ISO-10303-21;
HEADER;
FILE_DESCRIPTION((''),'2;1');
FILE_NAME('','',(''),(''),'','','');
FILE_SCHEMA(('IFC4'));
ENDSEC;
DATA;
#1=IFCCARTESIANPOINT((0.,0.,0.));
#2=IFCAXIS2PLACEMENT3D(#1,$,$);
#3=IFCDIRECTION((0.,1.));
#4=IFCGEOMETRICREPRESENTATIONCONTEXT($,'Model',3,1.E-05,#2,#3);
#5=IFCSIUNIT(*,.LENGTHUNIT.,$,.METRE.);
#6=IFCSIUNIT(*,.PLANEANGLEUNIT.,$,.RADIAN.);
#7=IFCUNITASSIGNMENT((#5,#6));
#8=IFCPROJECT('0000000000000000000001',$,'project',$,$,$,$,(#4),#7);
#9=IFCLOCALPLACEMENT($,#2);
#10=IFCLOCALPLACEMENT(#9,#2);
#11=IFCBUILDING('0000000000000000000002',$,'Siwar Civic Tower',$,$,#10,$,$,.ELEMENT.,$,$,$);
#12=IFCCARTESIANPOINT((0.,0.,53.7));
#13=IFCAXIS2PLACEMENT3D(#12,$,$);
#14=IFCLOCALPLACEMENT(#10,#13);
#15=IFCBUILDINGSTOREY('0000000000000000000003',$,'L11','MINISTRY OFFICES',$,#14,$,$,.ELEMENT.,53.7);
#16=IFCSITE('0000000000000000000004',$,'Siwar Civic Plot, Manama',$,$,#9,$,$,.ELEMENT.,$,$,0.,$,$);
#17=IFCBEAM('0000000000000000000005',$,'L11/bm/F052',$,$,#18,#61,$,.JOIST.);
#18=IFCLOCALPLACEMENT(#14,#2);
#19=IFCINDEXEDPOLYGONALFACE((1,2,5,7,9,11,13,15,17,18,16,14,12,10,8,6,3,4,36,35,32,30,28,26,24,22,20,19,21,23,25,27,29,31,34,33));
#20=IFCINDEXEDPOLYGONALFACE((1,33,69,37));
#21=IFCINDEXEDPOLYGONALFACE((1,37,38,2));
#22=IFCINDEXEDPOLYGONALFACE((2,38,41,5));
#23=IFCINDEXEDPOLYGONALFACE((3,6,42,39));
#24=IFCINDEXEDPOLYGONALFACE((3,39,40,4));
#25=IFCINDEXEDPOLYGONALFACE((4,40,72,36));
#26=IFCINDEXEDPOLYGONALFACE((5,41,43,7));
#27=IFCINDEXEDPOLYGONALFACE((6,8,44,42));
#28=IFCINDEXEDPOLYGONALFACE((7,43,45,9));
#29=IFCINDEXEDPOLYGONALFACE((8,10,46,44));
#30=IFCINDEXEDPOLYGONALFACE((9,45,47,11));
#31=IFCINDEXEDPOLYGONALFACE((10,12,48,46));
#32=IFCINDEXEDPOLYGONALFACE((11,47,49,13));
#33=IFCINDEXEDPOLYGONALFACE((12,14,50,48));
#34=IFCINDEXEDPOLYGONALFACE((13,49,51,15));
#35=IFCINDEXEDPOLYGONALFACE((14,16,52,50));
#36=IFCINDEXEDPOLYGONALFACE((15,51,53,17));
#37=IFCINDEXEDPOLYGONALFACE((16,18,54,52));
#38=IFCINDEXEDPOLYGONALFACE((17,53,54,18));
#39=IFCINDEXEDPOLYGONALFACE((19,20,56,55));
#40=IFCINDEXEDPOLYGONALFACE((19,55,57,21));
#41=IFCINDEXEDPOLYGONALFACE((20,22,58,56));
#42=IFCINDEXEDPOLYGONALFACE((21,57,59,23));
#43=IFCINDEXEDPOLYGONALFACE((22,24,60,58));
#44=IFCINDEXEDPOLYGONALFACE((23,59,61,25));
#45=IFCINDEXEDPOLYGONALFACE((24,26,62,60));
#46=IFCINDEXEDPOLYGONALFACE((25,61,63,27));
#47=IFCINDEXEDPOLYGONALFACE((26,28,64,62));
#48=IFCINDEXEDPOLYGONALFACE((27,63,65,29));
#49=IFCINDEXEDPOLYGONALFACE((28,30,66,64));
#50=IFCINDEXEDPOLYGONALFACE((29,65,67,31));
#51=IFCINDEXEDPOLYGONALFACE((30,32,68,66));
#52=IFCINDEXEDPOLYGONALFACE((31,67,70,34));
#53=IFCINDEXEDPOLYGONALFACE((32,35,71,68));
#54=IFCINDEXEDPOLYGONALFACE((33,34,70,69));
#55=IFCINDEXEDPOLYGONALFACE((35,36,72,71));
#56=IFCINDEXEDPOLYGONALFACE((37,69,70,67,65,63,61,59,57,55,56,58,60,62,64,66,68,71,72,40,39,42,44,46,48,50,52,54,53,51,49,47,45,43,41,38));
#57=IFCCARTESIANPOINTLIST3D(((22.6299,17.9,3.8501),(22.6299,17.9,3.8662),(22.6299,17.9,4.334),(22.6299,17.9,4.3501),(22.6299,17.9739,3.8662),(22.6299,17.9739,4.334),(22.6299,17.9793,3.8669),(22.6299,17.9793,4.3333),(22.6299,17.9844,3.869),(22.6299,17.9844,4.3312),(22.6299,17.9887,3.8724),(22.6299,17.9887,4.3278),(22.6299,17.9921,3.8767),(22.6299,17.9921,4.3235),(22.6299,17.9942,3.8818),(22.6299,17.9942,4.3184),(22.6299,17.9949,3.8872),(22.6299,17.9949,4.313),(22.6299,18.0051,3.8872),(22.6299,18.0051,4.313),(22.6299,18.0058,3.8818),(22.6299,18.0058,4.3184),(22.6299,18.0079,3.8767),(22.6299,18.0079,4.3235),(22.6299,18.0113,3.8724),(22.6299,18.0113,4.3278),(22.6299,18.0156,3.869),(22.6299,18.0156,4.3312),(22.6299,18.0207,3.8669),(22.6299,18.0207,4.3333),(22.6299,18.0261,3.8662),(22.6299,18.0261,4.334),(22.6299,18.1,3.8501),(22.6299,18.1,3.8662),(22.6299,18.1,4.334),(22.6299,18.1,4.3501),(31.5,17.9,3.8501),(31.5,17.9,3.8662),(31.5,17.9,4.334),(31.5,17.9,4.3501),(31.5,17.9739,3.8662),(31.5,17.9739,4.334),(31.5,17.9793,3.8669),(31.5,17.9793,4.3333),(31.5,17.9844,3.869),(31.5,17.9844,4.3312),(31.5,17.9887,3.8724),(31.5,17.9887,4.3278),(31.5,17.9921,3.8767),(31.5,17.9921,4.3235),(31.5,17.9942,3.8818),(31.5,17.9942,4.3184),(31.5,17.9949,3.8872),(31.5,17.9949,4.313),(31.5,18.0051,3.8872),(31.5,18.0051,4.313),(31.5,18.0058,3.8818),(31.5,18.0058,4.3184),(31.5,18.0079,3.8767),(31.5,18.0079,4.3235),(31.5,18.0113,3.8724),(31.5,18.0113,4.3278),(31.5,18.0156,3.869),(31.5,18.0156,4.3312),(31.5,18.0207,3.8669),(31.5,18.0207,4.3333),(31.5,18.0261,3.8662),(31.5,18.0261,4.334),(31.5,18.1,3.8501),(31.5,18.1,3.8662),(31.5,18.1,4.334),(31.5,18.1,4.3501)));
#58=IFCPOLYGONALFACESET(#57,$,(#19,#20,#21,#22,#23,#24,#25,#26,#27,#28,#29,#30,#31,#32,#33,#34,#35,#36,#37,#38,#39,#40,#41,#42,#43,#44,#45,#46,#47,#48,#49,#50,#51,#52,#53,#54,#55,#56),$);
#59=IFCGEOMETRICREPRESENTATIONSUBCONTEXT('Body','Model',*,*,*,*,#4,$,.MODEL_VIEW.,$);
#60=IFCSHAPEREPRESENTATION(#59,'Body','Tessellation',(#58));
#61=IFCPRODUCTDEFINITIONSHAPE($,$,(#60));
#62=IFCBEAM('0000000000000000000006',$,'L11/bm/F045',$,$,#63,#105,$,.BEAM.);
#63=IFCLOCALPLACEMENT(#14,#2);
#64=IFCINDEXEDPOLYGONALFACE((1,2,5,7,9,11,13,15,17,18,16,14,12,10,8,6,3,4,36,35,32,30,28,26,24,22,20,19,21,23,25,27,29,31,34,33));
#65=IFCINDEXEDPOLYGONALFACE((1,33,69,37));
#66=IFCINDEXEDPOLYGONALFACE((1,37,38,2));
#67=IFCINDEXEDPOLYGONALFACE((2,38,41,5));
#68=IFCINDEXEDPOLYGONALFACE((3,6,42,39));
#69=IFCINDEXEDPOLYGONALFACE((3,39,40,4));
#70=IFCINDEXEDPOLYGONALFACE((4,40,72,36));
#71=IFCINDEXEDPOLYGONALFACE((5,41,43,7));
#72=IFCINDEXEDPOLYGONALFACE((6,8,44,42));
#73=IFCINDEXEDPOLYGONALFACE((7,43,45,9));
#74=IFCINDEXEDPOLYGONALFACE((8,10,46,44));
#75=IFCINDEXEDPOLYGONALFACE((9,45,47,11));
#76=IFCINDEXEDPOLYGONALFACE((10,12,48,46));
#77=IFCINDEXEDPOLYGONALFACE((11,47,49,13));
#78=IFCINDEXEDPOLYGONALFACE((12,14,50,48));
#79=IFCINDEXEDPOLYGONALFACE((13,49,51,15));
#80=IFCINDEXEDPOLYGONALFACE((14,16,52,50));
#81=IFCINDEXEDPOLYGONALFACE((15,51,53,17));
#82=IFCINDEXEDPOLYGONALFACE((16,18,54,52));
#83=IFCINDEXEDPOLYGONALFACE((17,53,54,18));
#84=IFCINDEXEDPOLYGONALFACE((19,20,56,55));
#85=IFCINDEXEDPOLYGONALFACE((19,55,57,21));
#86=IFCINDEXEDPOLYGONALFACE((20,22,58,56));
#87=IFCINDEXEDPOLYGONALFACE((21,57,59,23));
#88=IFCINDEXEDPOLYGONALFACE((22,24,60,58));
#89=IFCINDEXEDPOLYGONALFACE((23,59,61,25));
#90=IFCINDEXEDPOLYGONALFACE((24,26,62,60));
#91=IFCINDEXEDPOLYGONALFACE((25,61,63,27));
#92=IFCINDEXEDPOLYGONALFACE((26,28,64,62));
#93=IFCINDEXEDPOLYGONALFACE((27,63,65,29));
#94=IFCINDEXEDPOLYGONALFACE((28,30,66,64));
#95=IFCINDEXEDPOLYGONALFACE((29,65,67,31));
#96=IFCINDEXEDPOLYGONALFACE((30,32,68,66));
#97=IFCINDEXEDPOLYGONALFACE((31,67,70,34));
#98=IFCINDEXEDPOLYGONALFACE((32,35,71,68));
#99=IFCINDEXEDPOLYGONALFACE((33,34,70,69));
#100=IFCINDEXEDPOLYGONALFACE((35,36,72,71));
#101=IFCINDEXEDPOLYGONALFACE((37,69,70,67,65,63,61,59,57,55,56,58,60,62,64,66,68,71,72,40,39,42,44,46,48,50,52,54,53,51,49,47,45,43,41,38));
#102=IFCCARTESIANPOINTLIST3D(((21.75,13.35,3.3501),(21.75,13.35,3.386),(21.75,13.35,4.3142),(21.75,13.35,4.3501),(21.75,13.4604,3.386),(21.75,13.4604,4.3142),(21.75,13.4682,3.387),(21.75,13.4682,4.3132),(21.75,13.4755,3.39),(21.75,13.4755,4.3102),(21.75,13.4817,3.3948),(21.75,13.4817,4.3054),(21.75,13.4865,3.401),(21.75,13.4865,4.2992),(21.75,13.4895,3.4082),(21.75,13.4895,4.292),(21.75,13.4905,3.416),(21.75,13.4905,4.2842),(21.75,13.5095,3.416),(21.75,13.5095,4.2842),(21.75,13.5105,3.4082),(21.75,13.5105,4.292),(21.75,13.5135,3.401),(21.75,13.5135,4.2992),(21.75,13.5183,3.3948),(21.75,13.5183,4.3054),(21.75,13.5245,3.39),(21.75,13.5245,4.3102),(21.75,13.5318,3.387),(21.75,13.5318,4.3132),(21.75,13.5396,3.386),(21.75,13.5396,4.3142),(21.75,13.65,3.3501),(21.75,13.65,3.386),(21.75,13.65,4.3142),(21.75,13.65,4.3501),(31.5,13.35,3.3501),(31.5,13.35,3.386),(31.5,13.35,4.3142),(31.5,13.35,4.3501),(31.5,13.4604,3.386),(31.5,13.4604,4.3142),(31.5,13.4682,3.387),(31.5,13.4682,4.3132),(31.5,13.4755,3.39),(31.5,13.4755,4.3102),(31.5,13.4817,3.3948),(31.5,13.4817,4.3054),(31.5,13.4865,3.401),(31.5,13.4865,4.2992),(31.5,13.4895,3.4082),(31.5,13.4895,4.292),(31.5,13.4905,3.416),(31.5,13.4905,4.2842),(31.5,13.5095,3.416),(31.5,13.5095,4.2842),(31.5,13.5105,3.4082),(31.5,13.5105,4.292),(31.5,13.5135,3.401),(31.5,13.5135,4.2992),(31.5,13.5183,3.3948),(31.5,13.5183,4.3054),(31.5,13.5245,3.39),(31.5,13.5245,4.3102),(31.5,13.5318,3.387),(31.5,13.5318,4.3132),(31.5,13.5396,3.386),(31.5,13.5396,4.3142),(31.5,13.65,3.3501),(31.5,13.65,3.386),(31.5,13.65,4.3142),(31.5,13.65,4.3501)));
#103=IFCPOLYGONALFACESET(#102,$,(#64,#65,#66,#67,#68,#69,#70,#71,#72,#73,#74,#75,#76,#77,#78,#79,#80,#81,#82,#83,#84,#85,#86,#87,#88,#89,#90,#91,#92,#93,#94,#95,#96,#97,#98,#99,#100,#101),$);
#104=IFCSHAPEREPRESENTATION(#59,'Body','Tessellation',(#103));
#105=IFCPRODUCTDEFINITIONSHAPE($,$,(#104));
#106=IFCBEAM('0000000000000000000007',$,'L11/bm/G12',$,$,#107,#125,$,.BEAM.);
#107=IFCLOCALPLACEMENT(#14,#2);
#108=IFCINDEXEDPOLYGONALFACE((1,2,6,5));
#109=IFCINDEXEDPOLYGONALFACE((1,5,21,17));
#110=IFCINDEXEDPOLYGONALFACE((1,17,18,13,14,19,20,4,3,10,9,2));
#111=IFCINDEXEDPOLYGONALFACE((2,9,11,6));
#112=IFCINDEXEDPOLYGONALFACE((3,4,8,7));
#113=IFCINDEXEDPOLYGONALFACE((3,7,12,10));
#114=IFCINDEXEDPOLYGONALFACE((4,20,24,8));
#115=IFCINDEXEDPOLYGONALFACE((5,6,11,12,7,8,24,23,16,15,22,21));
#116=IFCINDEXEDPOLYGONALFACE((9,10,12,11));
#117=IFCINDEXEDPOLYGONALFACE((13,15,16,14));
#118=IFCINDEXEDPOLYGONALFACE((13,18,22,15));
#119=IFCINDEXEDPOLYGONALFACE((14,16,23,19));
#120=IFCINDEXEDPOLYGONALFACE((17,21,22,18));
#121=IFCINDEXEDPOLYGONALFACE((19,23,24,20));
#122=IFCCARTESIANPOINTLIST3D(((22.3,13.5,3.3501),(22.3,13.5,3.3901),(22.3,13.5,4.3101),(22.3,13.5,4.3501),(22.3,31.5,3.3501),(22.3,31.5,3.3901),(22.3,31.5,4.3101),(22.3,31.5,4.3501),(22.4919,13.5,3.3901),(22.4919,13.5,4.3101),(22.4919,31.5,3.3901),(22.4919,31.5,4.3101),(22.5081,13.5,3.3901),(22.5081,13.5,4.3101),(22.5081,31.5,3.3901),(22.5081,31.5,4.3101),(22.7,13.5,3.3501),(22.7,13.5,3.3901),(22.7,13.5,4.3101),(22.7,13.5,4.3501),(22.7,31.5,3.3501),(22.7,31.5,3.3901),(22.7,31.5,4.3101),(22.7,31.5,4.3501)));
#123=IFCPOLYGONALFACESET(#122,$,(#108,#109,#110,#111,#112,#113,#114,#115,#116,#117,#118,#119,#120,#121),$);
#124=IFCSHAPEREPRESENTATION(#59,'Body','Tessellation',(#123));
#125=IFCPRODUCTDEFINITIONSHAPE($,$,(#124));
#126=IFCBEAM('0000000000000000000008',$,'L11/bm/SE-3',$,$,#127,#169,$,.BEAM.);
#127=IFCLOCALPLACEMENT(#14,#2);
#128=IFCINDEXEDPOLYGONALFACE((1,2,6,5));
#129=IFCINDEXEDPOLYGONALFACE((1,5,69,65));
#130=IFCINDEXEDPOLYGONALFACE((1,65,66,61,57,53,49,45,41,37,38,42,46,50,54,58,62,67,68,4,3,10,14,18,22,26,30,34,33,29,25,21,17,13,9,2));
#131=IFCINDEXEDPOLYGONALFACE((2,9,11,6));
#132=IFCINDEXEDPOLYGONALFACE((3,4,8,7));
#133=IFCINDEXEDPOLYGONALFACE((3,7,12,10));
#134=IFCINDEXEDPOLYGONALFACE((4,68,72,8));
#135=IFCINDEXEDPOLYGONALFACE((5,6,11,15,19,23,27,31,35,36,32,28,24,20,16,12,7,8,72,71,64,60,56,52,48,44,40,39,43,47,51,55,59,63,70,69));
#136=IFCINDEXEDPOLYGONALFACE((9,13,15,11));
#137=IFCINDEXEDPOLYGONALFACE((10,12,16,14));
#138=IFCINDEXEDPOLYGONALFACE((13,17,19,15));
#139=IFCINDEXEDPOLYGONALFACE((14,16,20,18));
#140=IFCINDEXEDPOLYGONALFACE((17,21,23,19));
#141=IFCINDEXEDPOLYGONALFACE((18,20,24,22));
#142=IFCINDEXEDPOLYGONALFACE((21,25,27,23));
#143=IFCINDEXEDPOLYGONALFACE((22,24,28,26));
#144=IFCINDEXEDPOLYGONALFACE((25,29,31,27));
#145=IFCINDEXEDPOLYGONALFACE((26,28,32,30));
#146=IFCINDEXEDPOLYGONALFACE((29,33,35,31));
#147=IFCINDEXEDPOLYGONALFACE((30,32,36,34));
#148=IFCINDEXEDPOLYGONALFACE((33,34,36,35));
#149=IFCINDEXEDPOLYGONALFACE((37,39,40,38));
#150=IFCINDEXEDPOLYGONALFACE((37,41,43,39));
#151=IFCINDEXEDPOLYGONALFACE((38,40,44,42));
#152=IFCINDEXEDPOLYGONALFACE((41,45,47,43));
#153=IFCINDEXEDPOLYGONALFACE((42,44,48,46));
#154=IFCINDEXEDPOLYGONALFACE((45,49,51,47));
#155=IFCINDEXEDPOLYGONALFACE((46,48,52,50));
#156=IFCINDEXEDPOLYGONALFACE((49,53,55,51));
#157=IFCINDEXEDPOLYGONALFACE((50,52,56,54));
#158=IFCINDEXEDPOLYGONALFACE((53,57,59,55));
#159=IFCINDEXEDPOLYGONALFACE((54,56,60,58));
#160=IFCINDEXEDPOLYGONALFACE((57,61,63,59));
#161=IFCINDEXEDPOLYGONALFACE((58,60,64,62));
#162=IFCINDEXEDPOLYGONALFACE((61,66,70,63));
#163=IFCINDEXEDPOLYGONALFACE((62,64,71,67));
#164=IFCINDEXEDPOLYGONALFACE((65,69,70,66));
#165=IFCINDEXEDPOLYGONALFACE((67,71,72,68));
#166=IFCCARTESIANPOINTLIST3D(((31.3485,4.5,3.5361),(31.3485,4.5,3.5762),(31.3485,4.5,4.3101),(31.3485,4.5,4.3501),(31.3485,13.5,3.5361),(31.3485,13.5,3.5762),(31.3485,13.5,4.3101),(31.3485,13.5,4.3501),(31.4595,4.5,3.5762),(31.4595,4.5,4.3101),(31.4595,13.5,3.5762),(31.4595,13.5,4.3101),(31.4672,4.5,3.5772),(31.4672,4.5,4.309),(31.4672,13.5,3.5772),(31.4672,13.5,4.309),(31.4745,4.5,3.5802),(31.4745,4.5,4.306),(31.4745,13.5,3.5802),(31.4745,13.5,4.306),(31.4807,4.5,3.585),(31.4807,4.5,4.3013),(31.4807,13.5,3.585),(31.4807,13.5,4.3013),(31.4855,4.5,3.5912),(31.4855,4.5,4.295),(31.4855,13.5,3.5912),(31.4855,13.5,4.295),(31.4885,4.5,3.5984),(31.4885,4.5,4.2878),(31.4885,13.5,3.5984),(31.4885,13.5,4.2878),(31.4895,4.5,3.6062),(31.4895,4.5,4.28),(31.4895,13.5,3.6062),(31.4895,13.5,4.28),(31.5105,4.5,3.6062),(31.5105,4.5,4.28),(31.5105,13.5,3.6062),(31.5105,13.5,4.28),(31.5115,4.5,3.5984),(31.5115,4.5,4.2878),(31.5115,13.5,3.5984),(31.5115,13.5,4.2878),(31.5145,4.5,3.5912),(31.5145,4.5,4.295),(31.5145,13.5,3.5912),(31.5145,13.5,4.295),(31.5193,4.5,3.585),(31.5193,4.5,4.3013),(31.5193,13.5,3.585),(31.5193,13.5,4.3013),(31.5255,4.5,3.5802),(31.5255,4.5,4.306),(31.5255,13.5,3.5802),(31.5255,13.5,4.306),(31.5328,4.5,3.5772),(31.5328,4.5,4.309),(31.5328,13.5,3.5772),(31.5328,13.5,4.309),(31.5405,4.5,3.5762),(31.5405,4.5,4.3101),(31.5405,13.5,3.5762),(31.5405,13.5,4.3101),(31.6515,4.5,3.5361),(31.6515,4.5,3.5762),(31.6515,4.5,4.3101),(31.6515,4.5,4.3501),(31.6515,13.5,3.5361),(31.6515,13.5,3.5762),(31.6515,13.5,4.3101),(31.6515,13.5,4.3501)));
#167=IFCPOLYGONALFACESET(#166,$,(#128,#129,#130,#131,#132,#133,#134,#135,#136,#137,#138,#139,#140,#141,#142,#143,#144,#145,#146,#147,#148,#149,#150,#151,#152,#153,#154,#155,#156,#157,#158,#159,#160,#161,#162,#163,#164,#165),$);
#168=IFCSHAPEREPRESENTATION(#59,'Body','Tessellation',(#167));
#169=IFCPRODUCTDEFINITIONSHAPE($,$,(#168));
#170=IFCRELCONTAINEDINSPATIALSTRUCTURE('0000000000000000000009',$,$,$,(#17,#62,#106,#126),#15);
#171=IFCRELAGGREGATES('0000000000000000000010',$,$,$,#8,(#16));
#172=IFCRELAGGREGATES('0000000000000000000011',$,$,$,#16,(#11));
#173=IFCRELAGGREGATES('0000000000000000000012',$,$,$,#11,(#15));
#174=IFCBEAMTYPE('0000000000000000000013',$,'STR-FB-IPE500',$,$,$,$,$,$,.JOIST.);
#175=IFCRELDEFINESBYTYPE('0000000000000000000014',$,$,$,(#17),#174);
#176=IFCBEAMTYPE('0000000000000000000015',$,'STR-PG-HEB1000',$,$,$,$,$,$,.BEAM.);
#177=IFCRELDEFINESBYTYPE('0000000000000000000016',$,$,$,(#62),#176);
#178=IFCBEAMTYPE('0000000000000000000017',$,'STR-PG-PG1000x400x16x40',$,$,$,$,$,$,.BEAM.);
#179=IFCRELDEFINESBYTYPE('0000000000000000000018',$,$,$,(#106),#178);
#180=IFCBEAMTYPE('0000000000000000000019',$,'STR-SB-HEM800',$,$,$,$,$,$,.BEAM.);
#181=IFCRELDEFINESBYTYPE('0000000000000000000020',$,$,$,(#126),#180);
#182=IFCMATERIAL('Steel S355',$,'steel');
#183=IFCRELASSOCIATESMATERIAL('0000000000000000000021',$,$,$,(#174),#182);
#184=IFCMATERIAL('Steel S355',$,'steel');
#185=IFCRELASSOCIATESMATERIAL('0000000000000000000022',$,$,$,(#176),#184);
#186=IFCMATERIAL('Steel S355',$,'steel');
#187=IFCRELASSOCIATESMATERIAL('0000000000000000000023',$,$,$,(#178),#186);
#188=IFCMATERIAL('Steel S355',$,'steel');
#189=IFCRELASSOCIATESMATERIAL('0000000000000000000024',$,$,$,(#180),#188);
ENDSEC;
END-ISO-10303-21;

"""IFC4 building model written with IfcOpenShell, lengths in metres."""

from ifc_helpers import new_model, si_unit, direction, frame, origin, origin_2d, place, context, subcontext, project, spatial, i_section, extrude, material, material_profile, profile_set, type_object, element, save


model = new_model("IFC4")

# Units and contexts
model_context = context("Model", 3, precision=1e-05, world=origin(), true_north=direction((0.0, 1.0)))
body_context = subcontext(model_context, "Body", "Model", "MODEL_VIEW")
ifc_project = project(units=[si_unit("LENGTHUNIT", "METRE"), si_unit("PLANEANGLEUNIT", "RADIAN")], contexts=[model_context])

# Site, building, storey
site_placement = place(None, origin())
site = spatial("IfcSite", under=ifc_project, at=site_placement, Name="Siwar Civic Plot, Manama", CompositionType="ELEMENT", RefElevation=0.0)
building_placement = place(site_placement, origin())
building = spatial("IfcBuilding", under=site, at=building_placement, Name="Siwar Civic Tower", CompositionType="ELEMENT")
storey_placement = place(building_placement, frame((0.0, 0.0, 53.7)))
storey = spatial("IfcBuildingStorey", under=building, at=storey_placement, Name="L11", Description="MINISTRY OFFICES", CompositionType="ELEMENT", Elevation=53.7)

# Beams
ifc_material_1 = material(Name="Steel S355", Category="steel")
ifc_material_profile_1 = material_profile(ifc_material_1, i_section(OverallWidth=0.2, OverallDepth=0.5, WebThickness=0.0103, FlangeThickness=0.0161, FilletRadius=0.021, at=origin_2d()), Name="IPE500")
ifc_profile_set_1 = profile_set([ifc_material_profile_1], Name="Steel S355")
beam_type_1 = type_object("IfcBeamType", Name="STR-FB-IPE500", PredefinedType="JOIST", material=ifc_profile_set_1)
beam_1_placement = place(storey_placement, frame((22.6299, 18.0, 4.1001), z_axis=(1.0, 0.0, 0.0), x_axis=(0.0, 1.0, 0.0)))
element("IfcBeam", 1, at=beam_1_placement, inside=storey, type_object=beam_type_1, Name="L11/bm/F052", PredefinedType="JOIST", context=body_context, shape_type="SweptSolid", body=[
    extrude(i_section(OverallWidth=0.2, OverallDepth=0.5, WebThickness=0.0103, FlangeThickness=0.0161, FilletRadius=0.021, at=origin_2d()), origin(), (0.0, 0.0, 1.0), 8.8701),
])
ifc_material_2 = material(Name="Steel S355", Category="steel")
ifc_material_profile_2 = material_profile(ifc_material_2, i_section(OverallWidth=0.3, OverallDepth=1.0, WebThickness=0.019, FlangeThickness=0.0359, FilletRadius=0.03, at=origin_2d()), Name="HEB1000")
ifc_profile_set_2 = profile_set([ifc_material_profile_2], Name="Steel S355")
beam_type_2 = type_object("IfcBeamType", Name="STR-PG-HEB1000", PredefinedType="BEAM", material=ifc_profile_set_2)
beam_2_placement = place(storey_placement, frame((21.75, 13.5, 3.8501), z_axis=(1.0, 0.0, 0.0), x_axis=(0.0, 1.0, 0.0)))
element("IfcBeam", 2, at=beam_2_placement, inside=storey, type_object=beam_type_2, Name="L11/bm/F045", PredefinedType="BEAM", context=body_context, shape_type="SweptSolid", body=[
    extrude(i_section(OverallWidth=0.3, OverallDepth=1.0, WebThickness=0.019, FlangeThickness=0.0359, FilletRadius=0.03, at=origin_2d()), origin(), (0.0, 0.0, 1.0), 9.75),
])
ifc_material_3 = material(Name="Steel S355", Category="steel")
ifc_material_profile_3 = material_profile(ifc_material_3, i_section(OverallWidth=0.3999, OverallDepth=1.0, WebThickness=0.0161, FlangeThickness=0.04, at=origin_2d()), Name="PG1000x400x16x40")
ifc_profile_set_3 = profile_set([ifc_material_profile_3], Name="Steel S355")
beam_type_3 = type_object("IfcBeamType", Name="STR-PG-PG1000x400x16x40", PredefinedType="BEAM", material=ifc_profile_set_3)
beam_3_placement = place(storey_placement, frame((22.5, 13.5, 3.8501), z_axis=(0.0, 1.0, 0.0), x_axis=(-1.0, 0.0, 0.0)))
element("IfcBeam", 3, at=beam_3_placement, inside=storey, type_object=beam_type_3, Name="L11/bm/G12", PredefinedType="BEAM", context=body_context, shape_type="SweptSolid", body=[
    extrude(i_section(OverallWidth=0.3999, OverallDepth=1.0, WebThickness=0.0161, FlangeThickness=0.04, at=origin_2d()), origin(), (0.0, 0.0, 1.0), 18.0),
])
ifc_material_4 = material(Name="Steel S355", Category="steel")
ifc_material_profile_4 = material_profile(ifc_material_4, i_section(OverallWidth=0.303, OverallDepth=0.814, WebThickness=0.021, FlangeThickness=0.04, FilletRadius=0.03, at=origin_2d()), Name="HEM800")
ifc_profile_set_4 = profile_set([ifc_material_profile_4], Name="Steel S355")
beam_type_4 = type_object("IfcBeamType", Name="STR-SB-HEM800", PredefinedType="BEAM", material=ifc_profile_set_4)
for number, where, z_axis, x_axis, name in (
    (4, (31.5, 4.5, 3.9431), (0.0, 1.0, 0.0), (-1.0, 0.0, 0.0), "L11/bm/SE-3"),
):
    element("IfcBeam", number, at=place(storey_placement, frame(where, z_axis=z_axis, x_axis=x_axis)), inside=storey, type_object=beam_type_4, Name=name, PredefinedType="BEAM", context=body_context, shape_type="SweptSolid", body=[
        extrude(i_section(OverallWidth=0.303, OverallDepth=0.814, WebThickness=0.021, FlangeThickness=0.04, FilletRadius=0.03, at=origin_2d()), origin(), (0.0, 0.0, 1.0), 9.0),
    ])

save(model, "model.ifc")
